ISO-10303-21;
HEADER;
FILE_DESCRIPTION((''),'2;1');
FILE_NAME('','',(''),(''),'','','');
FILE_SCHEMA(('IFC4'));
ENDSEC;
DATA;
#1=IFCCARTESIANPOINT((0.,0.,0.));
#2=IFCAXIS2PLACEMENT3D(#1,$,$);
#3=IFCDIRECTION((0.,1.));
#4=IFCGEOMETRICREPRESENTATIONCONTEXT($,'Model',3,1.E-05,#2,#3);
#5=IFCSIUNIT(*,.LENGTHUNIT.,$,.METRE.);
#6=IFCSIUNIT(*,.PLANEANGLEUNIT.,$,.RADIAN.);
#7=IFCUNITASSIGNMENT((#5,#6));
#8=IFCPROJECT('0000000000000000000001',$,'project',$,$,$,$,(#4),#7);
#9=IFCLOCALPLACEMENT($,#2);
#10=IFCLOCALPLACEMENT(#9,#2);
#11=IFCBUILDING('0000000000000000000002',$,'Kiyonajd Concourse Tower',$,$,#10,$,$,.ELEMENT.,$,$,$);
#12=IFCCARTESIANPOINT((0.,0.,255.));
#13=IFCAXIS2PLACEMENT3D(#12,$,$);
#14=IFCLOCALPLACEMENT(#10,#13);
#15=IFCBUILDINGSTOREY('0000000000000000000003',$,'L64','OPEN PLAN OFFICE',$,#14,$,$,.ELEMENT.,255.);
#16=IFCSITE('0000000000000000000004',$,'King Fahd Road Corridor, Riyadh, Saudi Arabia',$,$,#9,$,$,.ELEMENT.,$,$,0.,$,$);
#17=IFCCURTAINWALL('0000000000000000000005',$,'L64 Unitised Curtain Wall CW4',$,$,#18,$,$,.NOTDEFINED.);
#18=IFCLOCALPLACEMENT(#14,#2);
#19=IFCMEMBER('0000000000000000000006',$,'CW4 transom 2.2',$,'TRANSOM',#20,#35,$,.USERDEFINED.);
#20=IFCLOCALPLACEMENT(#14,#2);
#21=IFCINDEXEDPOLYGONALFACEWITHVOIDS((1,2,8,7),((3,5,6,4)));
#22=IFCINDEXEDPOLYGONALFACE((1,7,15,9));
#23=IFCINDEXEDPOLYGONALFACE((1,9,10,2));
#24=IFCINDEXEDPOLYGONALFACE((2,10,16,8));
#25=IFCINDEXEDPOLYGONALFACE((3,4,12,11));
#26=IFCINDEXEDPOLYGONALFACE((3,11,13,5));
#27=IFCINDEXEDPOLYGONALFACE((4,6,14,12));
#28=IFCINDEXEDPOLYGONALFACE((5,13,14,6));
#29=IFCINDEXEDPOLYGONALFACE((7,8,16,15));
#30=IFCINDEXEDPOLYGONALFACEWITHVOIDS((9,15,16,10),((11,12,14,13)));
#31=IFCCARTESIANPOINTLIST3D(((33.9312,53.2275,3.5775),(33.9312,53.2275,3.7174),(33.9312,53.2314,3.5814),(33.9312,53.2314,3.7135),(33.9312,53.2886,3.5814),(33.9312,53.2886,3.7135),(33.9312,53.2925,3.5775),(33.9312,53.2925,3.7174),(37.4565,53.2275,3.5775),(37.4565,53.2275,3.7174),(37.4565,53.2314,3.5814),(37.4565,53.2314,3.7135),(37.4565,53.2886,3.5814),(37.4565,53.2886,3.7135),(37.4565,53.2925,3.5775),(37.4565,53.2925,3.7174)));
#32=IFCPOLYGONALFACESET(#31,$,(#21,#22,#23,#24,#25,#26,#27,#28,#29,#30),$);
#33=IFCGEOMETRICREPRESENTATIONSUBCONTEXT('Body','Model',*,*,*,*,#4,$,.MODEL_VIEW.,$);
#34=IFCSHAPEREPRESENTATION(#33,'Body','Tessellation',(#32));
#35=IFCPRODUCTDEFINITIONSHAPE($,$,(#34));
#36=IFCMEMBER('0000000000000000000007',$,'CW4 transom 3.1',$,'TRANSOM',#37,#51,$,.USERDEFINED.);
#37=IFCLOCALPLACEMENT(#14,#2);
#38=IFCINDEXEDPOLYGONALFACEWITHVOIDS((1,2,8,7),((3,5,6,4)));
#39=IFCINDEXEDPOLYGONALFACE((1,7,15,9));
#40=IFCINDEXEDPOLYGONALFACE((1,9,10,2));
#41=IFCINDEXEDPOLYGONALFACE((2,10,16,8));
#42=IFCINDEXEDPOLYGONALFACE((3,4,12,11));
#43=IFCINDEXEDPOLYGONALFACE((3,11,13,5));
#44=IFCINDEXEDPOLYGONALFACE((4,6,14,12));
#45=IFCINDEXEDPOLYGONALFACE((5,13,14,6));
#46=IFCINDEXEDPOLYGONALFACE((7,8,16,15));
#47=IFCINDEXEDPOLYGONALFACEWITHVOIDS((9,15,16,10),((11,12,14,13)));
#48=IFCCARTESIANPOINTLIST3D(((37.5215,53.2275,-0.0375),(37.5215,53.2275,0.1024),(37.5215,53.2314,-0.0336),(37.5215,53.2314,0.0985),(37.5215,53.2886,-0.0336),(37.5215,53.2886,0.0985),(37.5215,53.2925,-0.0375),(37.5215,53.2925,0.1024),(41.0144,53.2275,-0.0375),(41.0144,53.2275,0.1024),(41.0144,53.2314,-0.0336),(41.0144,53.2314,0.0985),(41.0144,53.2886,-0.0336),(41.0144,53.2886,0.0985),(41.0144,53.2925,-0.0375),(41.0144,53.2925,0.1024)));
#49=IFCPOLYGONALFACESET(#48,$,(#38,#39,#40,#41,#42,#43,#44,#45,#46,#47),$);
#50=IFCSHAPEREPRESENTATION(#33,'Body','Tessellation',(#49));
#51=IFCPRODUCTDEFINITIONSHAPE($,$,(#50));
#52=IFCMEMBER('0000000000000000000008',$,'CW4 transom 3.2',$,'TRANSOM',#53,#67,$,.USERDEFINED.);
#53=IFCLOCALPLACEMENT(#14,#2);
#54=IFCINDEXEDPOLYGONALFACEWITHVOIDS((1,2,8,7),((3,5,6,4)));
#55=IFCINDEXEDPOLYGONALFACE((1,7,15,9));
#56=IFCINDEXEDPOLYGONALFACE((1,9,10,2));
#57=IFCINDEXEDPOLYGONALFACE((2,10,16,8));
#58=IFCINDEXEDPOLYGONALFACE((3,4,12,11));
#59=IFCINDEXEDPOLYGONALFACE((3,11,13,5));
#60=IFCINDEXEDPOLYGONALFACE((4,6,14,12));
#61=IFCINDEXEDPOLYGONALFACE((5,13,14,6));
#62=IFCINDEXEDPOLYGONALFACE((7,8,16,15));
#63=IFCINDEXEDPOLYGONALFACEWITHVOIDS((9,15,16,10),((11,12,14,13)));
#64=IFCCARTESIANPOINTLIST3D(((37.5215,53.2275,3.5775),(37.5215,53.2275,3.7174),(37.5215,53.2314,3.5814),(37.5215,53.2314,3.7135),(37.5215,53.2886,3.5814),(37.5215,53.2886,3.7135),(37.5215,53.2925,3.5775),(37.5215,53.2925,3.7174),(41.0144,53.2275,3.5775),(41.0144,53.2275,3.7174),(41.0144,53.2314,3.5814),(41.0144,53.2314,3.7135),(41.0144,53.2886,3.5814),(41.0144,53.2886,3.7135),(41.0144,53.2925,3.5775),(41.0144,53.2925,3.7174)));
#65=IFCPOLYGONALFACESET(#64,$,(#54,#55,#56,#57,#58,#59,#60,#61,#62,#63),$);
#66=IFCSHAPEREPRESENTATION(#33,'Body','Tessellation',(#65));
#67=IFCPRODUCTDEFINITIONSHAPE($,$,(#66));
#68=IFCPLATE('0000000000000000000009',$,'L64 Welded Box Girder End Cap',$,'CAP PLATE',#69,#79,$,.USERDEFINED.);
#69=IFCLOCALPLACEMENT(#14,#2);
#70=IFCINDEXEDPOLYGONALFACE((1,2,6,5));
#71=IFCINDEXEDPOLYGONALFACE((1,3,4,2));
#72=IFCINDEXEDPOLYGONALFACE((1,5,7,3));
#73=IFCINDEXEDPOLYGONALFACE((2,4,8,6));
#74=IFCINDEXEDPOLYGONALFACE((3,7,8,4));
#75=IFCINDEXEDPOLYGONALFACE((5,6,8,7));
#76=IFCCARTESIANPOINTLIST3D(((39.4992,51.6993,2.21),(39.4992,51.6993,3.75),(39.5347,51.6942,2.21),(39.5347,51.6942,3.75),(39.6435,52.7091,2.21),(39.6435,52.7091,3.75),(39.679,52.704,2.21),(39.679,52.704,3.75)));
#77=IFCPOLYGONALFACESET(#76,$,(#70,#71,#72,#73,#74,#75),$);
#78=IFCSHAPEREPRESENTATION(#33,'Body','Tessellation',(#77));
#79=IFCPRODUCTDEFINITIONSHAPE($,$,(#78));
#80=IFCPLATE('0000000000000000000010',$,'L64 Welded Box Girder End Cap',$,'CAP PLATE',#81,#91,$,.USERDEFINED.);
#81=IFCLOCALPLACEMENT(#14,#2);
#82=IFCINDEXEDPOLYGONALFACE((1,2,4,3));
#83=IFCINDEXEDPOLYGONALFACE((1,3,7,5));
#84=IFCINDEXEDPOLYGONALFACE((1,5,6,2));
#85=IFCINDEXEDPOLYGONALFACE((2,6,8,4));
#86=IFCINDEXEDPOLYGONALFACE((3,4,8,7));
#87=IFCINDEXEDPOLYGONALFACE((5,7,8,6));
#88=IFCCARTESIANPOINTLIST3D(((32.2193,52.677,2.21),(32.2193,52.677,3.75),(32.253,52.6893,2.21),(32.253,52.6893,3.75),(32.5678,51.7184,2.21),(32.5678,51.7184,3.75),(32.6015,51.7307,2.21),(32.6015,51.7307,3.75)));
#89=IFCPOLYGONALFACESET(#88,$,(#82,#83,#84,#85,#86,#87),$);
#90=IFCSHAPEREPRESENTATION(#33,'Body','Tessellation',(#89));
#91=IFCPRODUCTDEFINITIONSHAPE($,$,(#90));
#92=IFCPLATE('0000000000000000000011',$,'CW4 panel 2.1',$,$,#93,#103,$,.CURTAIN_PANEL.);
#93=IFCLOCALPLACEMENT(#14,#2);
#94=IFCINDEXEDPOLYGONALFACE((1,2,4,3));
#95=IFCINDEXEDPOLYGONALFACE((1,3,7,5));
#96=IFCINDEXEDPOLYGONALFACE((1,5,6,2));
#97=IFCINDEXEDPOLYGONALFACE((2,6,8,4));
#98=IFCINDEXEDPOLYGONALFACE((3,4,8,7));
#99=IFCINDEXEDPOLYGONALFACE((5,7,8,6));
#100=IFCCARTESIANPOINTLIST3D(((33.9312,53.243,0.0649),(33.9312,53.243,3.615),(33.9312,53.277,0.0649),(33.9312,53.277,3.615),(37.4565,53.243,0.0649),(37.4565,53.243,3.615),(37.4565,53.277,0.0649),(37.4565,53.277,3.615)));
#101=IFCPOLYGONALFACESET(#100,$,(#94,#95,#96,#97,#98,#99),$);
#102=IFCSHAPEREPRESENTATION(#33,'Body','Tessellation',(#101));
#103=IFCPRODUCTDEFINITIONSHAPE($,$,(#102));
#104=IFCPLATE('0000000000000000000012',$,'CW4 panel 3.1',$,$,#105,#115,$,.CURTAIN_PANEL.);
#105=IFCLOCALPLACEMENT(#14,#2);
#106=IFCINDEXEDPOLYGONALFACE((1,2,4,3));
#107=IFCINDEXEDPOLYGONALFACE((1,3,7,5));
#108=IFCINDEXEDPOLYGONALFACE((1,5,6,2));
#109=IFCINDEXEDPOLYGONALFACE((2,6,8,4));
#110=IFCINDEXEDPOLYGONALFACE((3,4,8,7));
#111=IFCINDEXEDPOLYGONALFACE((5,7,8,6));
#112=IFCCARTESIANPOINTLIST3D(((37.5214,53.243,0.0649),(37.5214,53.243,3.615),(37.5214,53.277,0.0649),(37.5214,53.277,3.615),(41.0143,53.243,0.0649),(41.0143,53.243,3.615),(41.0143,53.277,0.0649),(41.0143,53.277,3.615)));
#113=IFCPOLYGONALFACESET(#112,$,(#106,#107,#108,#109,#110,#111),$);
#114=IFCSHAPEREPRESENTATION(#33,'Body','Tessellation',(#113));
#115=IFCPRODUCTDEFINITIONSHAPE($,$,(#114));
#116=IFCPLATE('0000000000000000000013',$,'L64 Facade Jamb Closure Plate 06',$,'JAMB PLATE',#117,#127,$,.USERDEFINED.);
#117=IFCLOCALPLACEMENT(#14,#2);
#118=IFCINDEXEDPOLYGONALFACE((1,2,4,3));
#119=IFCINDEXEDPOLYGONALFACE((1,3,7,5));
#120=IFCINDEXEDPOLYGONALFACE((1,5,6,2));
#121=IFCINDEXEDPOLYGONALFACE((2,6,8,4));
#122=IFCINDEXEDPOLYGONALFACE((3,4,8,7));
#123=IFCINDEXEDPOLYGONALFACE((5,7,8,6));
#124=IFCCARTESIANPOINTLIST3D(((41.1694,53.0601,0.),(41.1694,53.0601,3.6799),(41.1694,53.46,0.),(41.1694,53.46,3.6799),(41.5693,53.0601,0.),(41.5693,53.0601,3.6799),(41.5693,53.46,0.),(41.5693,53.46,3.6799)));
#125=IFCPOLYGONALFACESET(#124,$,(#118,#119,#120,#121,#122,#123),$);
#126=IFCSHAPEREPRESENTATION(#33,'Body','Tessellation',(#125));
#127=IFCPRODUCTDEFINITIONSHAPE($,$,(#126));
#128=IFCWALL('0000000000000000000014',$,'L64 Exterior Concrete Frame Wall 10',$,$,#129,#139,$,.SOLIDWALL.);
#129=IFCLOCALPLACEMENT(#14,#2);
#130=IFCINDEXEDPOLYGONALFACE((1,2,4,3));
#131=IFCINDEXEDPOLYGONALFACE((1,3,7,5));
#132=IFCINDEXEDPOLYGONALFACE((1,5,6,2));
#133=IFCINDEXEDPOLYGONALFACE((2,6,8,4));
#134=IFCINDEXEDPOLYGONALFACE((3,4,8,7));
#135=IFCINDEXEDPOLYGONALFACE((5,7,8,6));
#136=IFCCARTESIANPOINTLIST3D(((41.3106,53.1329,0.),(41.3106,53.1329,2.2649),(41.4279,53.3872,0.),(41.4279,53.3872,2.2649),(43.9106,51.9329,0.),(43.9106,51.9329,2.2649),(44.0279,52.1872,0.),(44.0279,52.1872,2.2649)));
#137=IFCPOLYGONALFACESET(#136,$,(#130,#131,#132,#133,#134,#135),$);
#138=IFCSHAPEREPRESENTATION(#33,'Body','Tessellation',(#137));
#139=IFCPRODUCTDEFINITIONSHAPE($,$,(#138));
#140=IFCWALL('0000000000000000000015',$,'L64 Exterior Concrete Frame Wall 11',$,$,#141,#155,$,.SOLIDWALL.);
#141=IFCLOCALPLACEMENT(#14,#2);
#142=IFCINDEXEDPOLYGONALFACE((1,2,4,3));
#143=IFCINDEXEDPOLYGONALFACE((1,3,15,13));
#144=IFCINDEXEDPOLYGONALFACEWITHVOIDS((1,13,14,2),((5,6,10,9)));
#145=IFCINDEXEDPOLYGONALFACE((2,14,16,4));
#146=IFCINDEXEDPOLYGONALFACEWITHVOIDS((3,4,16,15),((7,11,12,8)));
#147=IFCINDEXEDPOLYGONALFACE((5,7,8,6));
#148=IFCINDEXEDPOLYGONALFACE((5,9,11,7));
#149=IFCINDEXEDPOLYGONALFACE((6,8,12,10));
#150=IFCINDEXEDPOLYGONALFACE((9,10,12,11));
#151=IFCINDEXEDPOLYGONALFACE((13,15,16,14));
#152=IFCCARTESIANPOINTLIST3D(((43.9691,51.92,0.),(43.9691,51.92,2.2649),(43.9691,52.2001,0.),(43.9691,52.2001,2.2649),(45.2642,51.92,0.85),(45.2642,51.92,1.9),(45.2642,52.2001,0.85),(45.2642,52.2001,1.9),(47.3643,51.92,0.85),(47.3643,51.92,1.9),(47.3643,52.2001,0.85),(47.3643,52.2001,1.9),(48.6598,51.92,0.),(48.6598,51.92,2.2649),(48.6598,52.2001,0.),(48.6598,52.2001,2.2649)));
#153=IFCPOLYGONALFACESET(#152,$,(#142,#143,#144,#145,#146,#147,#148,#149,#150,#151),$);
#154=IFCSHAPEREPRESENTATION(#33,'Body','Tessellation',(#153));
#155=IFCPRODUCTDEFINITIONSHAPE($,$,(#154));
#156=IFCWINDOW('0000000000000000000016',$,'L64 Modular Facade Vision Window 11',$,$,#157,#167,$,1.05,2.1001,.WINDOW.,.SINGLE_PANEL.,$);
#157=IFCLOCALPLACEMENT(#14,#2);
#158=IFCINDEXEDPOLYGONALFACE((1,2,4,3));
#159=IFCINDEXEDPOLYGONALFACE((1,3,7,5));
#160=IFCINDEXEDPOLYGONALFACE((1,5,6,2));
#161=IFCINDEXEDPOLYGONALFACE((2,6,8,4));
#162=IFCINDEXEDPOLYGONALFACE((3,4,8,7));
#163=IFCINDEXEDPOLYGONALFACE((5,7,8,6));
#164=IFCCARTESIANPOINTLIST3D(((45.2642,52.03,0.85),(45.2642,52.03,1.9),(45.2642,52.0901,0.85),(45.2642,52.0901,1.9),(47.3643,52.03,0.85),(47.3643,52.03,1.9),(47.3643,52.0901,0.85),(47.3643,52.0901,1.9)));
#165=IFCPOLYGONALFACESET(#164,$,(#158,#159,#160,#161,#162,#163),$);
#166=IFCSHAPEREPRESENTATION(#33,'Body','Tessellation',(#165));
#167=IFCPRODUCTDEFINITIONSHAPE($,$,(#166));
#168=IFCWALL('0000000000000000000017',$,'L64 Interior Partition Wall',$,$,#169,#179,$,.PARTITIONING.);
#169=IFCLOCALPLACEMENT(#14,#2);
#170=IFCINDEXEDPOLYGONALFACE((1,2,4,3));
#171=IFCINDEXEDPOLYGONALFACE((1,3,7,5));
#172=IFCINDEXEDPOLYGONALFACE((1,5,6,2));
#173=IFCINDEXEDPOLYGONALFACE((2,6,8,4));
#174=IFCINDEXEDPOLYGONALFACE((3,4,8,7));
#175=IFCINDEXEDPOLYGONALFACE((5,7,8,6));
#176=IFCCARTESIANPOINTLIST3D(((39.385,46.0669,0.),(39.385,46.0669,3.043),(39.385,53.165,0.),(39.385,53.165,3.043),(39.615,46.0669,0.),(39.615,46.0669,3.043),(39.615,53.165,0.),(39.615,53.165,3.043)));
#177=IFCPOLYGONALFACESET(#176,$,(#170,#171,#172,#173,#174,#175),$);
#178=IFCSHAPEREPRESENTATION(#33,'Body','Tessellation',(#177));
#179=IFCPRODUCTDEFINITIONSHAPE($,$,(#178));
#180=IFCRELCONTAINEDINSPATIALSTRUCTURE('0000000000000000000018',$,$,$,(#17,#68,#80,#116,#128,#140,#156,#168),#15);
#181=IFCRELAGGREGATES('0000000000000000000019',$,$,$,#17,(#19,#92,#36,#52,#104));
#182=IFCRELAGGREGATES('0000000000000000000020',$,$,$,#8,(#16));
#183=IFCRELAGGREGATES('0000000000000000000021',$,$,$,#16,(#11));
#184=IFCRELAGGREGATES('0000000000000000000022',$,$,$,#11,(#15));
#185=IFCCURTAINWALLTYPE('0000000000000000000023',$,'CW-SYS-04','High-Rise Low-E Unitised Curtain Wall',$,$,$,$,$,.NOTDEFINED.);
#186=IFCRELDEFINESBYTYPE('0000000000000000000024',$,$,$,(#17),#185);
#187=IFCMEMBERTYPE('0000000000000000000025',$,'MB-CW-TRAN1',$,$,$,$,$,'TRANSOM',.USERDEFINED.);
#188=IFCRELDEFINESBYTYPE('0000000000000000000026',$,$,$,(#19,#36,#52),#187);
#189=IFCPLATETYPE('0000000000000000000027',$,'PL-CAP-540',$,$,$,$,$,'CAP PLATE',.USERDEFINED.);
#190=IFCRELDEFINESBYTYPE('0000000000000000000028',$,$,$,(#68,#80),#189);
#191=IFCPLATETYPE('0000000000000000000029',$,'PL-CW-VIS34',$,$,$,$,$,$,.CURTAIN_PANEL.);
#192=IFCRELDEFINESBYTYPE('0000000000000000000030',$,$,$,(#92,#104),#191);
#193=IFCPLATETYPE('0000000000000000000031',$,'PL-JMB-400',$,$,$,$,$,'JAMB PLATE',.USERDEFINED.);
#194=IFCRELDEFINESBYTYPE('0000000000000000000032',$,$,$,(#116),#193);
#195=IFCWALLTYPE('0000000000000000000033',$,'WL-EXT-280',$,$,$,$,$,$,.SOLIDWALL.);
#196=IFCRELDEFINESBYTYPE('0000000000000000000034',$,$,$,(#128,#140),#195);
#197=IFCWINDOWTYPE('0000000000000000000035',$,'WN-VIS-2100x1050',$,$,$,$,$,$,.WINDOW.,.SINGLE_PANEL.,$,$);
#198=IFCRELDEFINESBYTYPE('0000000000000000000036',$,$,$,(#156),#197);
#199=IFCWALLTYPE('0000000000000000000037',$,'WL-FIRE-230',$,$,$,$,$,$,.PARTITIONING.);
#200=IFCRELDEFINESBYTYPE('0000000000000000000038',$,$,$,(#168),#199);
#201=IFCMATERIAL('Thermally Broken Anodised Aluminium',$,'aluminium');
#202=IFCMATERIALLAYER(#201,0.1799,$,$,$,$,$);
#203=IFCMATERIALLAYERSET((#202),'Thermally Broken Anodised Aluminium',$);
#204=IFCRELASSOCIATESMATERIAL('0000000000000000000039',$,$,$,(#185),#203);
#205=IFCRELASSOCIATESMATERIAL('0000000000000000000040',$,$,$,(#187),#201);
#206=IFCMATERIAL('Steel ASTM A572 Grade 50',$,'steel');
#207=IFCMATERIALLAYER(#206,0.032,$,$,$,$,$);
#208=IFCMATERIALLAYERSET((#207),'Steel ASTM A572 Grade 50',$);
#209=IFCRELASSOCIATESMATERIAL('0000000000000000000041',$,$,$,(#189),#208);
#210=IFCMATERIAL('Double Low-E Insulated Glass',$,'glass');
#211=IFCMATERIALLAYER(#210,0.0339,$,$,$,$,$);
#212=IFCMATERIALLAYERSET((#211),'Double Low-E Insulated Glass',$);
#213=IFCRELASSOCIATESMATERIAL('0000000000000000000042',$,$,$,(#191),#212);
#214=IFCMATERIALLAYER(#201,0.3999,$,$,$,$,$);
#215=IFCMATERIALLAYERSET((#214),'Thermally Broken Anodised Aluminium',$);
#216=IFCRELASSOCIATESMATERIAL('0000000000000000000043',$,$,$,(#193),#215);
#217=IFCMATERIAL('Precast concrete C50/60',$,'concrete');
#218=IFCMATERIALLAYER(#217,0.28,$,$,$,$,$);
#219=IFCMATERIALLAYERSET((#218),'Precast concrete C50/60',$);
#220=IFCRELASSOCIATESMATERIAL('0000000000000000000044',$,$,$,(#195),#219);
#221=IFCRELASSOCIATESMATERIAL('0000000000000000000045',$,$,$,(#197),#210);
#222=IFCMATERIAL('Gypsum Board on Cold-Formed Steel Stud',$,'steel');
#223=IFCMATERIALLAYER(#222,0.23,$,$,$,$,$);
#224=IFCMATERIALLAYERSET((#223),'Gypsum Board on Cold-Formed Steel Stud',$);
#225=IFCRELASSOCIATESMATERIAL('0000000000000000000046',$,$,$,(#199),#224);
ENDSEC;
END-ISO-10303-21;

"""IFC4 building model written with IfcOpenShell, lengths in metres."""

from ifc_helpers import new_model, si_unit, direction, frame, frame_2d, origin, origin_2d, place, context, subcontext, project, spatial, rectangle, hollow_rectangle, extrude, material, layer, layer_set, material_profile, profile_set, type_object, element, fill, aggregate, save


model = new_model("IFC4")

# Units and contexts
model_context = context("Model", 3, precision=1e-05, world=origin(), true_north=direction((0.0, 1.0)))
body_context = subcontext(model_context, "Body", "Model", "MODEL_VIEW")
ifc_project = project(units=[si_unit("LENGTHUNIT", "METRE"), si_unit("PLANEANGLEUNIT", "RADIAN")], contexts=[model_context])

# Site, building, storey
site_placement = place(None, origin())
site = spatial("IfcSite", under=ifc_project, at=site_placement, Name="King Fahd Road Corridor, Riyadh, Saudi Arabia", CompositionType="ELEMENT", RefElevation=0.0)
building_placement = place(site_placement, origin())
building = spatial("IfcBuilding", under=site, at=building_placement, Name="Kiyonajd Concourse Tower", CompositionType="ELEMENT")
storey_placement = place(building_placement, frame((0.0, 0.0, 255.0)))
storey = spatial("IfcBuildingStorey", under=building, at=storey_placement, Name="L64", Description="OPEN PLAN OFFICE", CompositionType="ELEMENT", Elevation=255.0)

# Curtain wall, members
ifc_material_1 = material(Name="Thermally Broken Anodised Aluminium", Category="aluminium")
ifc_layer_1 = layer(ifc_material_1, 0.1799)
ifc_layer_set_1 = layer_set([ifc_layer_1], Name="Thermally Broken Anodised Aluminium")
curtain_wall_type = type_object("IfcCurtainWallType", Name="CW-SYS-04", Description="High-Rise Low-E Unitised Curtain Wall", PredefinedType="NOTDEFINED", material=ifc_layer_set_1)
curtain_wall_placement = place(storey_placement, origin())
curtain_wall = element("IfcCurtainWall", 1, at=curtain_wall_placement, inside=storey, type_object=curtain_wall_type, Name="L64 Unitised Curtain Wall CW4", PredefinedType="NOTDEFINED")
ifc_material_profile_1 = material_profile(ifc_material_1, hollow_rectangle(XDim=0.0649, YDim=0.1399, WallThickness=0.0039, at=origin_2d()), Name="TRAN-65x140")
ifc_profile_set_1 = profile_set([ifc_material_profile_1], Name="Thermally Broken Anodised Aluminium")
member_type_1 = type_object("IfcMemberType", Name="MB-CW-TRAN1", ElementType="TRANSOM", PredefinedType="USERDEFINED", material=ifc_profile_set_1)
member_1_placement = place(storey_placement, frame((33.9312, 53.26, 3.6475), z_axis=(1.0, 0.0, 0.0), x_axis=(0.0, 1.0, 0.0)))
member_1 = element("IfcMember", 2, at=member_1_placement, type_object=member_type_1, Name="CW4 transom 2.2", ObjectType="TRANSOM", PredefinedType="USERDEFINED", context=body_context, shape_type="SweptSolid", body=[
    extrude(hollow_rectangle(XDim=0.0649, YDim=0.1399, WallThickness=0.0039, at=origin_2d()), origin(), (0.0, 0.0, 1.0), 3.5254),
])
member_2_placement = place(storey_placement, frame((37.5215, 53.26, 0.0325), z_axis=(1.0, 0.0, 0.0), x_axis=(0.0, 1.0, 0.0)))
member_2 = element("IfcMember", 3, at=member_2_placement, type_object=member_type_1, Name="CW4 transom 3.1", ObjectType="TRANSOM", PredefinedType="USERDEFINED", context=body_context, shape_type="SweptSolid", body=[
    extrude(hollow_rectangle(XDim=0.0649, YDim=0.1399, WallThickness=0.0039, at=origin_2d()), origin(), (0.0, 0.0, 1.0), 3.4929),
])
member_3_placement = place(storey_placement, frame((37.5215, 53.26, 3.6475), z_axis=(1.0, 0.0, 0.0), x_axis=(0.0, 1.0, 0.0)))
member_3 = element("IfcMember", 4, at=member_3_placement, type_object=member_type_1, Name="CW4 transom 3.2", ObjectType="TRANSOM", PredefinedType="USERDEFINED", context=body_context, shape_type="SweptSolid", body=[
    extrude(hollow_rectangle(XDim=0.0649, YDim=0.1399, WallThickness=0.0039, at=origin_2d()), origin(), (0.0, 0.0, 1.0), 3.4929),
])

# Plates
ifc_material_2 = material(Name="Steel ASTM A572 Grade 50", Category="steel")
ifc_layer_2 = layer(ifc_material_2, 0.032)
ifc_layer_set_2 = layer_set([ifc_layer_2], Name="Steel ASTM A572 Grade 50")
plate_type_1 = type_object("IfcPlateType", Name="PL-CAP-540", ElementType="CAP PLATE", PredefinedType="USERDEFINED", material=ifc_layer_set_2)
for number, where, z_axis, x_axis, name in (
    (5, (39.5891, 52.2017, 2.21), (0.0, 0.0, 1.0), (-0.98995, 0.14142, 0.0), "L64 Welded Box Girder End Cap"),
    (6, (32.4104, 52.2039, 2.21), (0.0, 0.0, 1.0), (0.939812, 0.341692, 0.0), "L64 Welded Box Girder End Cap"),
):
    element("IfcPlate", number, at=place(storey_placement, frame(where, z_axis=z_axis, x_axis=x_axis)), inside=storey, type_object=plate_type_1, Name=name, ObjectType="CAP PLATE", PredefinedType="USERDEFINED", context=body_context, shape_type="SweptSolid", body=[
        extrude(rectangle(XDim=0.0359, YDim=1.02, at=origin_2d()), origin(), (0.0, 0.0, 1.0), 1.54),
    ])

# Plates
ifc_material_3 = material(Name="Double Low-E Insulated Glass", Category="glass")
ifc_layer_3 = layer(ifc_material_3, 0.0339)
ifc_layer_set_3 = layer_set([ifc_layer_3], Name="Double Low-E Insulated Glass")
plate_type_2 = type_object("IfcPlateType", Name="PL-CW-VIS34", PredefinedType="CURTAIN_PANEL", material=ifc_layer_set_3)
plate_1_placement = place(storey_placement, frame((35.6938, 53.26, 0.0649), z_axis=(0.0, 0.0, 1.0), x_axis=(1.0, 0.0, 0.0)))
plate_1 = element("IfcPlate", 7, at=plate_1_placement, type_object=plate_type_2, Name="CW4 panel 2.1", PredefinedType="CURTAIN_PANEL", context=body_context, shape_type="SweptSolid", body=[
    extrude(rectangle(XDim=3.5254, YDim=0.0339, at=origin_2d()), origin(), (0.0, 0.0, 1.0), 3.55),
])
plate_2_placement = place(storey_placement, frame((39.2678, 53.26, 0.0649), z_axis=(0.0, 0.0, 1.0), x_axis=(1.0, 0.0, 0.0)))
plate_2 = element("IfcPlate", 8, at=plate_2_placement, type_object=plate_type_2, Name="CW4 panel 3.1", PredefinedType="CURTAIN_PANEL", context=body_context, shape_type="SweptSolid", body=[
    extrude(rectangle(XDim=3.4929, YDim=0.0339, at=origin_2d()), origin(), (0.0, 0.0, 1.0), 3.55),
])
aggregate(curtain_wall, [member_1, plate_1, member_2, member_3, plate_2])
ifc_layer_4 = layer(ifc_material_1, 0.3999)
ifc_layer_set_4 = layer_set([ifc_layer_4], Name="Thermally Broken Anodised Aluminium")
plate_type_3 = type_object("IfcPlateType", Name="PL-JMB-400", ElementType="JAMB PLATE", PredefinedType="USERDEFINED", material=ifc_layer_set_4)
plate_3_placement = place(storey_placement, frame((41.3694, 53.26, 0.0), z_axis=(0.0, 0.0, 1.0), x_axis=(1.0, 0.0, 0.0)))
element("IfcPlate", 9, at=plate_3_placement, inside=storey, type_object=plate_type_3, Name="L64 Facade Jamb Closure Plate 06", ObjectType="JAMB PLATE", PredefinedType="USERDEFINED", context=body_context, shape_type="SweptSolid", body=[
    extrude(rectangle(XDim=0.3999, YDim=0.3999, at=origin_2d()), origin(), (0.0, 0.0, 1.0), 3.6799),
])

# Wall
ifc_material_4 = material(Name="Precast concrete C50/60", Category="concrete")
ifc_layer_5 = layer(ifc_material_4, 0.28)
ifc_layer_set_5 = layer_set([ifc_layer_5], Name="Precast concrete C50/60")
wall_type_1 = type_object("IfcWallType", Name="WL-EXT-280", PredefinedType="SOLIDWALL", material=ifc_layer_set_5)
wall_1_placement = place(storey_placement, frame((41.3694, 53.26, 0.0), z_axis=(0.0, 0.0, 1.0), x_axis=(0.907957, -0.419064, 0.0)))
element("IfcWall", 10, at=wall_1_placement, inside=storey, type_object=wall_type_1, Name="L64 Exterior Concrete Frame Wall 10", PredefinedType="SOLIDWALL", context=body_context, shape_type="SweptSolid", body=[
    extrude(rectangle(XDim=2.8635, YDim=0.28, at=frame_2d((1.4316, 0.0))), origin(), (0.0, 0.0, 1.0), 2.2649),
])

# Wall, opening, window
wall_2_placement = place(storey_placement, frame((43.9692, 52.0601, 0.0), z_axis=(0.0, 0.0, 1.0), x_axis=(1.0, 0.0, 0.0)))
wall_2 = element("IfcWall", 11, at=wall_2_placement, inside=storey, type_object=wall_type_1, Name="L64 Exterior Concrete Frame Wall 11", PredefinedType="SOLIDWALL", context=body_context, shape_type="SweptSolid", body=[
    extrude(rectangle(XDim=4.6907, YDim=0.28, at=frame_2d((2.3452, 0.0))), origin(), (0.0, 0.0, 1.0), 2.2649),
])
opening_placement = place(wall_2_placement, frame((1.2949, 0.0, 0.8501)))
opening = element("IfcOpeningElement", 12, at=opening_placement, cuts=wall_2, PredefinedType="OPENING", context=body_context, shape_type="SweptSolid", body=[
    extrude(rectangle(XDim=2.1001, YDim=1.05, at=frame_2d((1.05, 0.5249))), frame((0.0, 0.1499, 0.0), z_axis=(0.0, -1.0, 0.0), x_axis=(1.0, 0.0, 0.0)), (0.0, 0.0, 1.0), 0.3),
])
window_type = type_object("IfcWindowType", Name="WN-VIS-2100x1050", PartitioningType="SINGLE_PANEL", PredefinedType="WINDOW", material=ifc_material_3)
window_placement = place(opening_placement, origin())
window = element("IfcWindow", 13, at=window_placement, inside=storey, type_object=window_type, Name="L64 Modular Facade Vision Window 11", OverallHeight=1.05, OverallWidth=2.1001, PartitioningType="SINGLE_PANEL", PredefinedType="WINDOW", context=body_context, shape_type="SweptSolid", body=[
    extrude(rectangle(XDim=2.1001, YDim=1.05, at=frame_2d((1.05, 0.5249))), frame((0.0, 0.03, 0.0), z_axis=(0.0, -1.0, 0.0), x_axis=(1.0, 0.0, 0.0)), (0.0, 0.0, 1.0), 0.0601),
])
fill(opening, window)

# Wall
ifc_material_5 = material(Name="Gypsum Board on Cold-Formed Steel Stud", Category="steel")
ifc_layer_6 = layer(ifc_material_5, 0.23)
ifc_layer_set_6 = layer_set([ifc_layer_6], Name="Gypsum Board on Cold-Formed Steel Stud")
wall_type_2 = type_object("IfcWallType", Name="WL-FIRE-230", PredefinedType="PARTITIONING", material=ifc_layer_set_6)
wall_3_placement = place(storey_placement, frame((39.5, 46.0669, 0.0), z_axis=(0.0, 0.0, 1.0), x_axis=(0.0, 1.0, 0.0)))
element("IfcWall", 14, at=wall_3_placement, inside=storey, type_object=wall_type_2, Name="L64 Interior Partition Wall", PredefinedType="PARTITIONING", context=body_context, shape_type="SweptSolid", body=[
    extrude(rectangle(XDim=7.0981, YDim=0.23, at=frame_2d((3.5491, 0.0))), origin(), (0.0, 0.0, 1.0), 3.043),
])

save(model, "model.ifc")
